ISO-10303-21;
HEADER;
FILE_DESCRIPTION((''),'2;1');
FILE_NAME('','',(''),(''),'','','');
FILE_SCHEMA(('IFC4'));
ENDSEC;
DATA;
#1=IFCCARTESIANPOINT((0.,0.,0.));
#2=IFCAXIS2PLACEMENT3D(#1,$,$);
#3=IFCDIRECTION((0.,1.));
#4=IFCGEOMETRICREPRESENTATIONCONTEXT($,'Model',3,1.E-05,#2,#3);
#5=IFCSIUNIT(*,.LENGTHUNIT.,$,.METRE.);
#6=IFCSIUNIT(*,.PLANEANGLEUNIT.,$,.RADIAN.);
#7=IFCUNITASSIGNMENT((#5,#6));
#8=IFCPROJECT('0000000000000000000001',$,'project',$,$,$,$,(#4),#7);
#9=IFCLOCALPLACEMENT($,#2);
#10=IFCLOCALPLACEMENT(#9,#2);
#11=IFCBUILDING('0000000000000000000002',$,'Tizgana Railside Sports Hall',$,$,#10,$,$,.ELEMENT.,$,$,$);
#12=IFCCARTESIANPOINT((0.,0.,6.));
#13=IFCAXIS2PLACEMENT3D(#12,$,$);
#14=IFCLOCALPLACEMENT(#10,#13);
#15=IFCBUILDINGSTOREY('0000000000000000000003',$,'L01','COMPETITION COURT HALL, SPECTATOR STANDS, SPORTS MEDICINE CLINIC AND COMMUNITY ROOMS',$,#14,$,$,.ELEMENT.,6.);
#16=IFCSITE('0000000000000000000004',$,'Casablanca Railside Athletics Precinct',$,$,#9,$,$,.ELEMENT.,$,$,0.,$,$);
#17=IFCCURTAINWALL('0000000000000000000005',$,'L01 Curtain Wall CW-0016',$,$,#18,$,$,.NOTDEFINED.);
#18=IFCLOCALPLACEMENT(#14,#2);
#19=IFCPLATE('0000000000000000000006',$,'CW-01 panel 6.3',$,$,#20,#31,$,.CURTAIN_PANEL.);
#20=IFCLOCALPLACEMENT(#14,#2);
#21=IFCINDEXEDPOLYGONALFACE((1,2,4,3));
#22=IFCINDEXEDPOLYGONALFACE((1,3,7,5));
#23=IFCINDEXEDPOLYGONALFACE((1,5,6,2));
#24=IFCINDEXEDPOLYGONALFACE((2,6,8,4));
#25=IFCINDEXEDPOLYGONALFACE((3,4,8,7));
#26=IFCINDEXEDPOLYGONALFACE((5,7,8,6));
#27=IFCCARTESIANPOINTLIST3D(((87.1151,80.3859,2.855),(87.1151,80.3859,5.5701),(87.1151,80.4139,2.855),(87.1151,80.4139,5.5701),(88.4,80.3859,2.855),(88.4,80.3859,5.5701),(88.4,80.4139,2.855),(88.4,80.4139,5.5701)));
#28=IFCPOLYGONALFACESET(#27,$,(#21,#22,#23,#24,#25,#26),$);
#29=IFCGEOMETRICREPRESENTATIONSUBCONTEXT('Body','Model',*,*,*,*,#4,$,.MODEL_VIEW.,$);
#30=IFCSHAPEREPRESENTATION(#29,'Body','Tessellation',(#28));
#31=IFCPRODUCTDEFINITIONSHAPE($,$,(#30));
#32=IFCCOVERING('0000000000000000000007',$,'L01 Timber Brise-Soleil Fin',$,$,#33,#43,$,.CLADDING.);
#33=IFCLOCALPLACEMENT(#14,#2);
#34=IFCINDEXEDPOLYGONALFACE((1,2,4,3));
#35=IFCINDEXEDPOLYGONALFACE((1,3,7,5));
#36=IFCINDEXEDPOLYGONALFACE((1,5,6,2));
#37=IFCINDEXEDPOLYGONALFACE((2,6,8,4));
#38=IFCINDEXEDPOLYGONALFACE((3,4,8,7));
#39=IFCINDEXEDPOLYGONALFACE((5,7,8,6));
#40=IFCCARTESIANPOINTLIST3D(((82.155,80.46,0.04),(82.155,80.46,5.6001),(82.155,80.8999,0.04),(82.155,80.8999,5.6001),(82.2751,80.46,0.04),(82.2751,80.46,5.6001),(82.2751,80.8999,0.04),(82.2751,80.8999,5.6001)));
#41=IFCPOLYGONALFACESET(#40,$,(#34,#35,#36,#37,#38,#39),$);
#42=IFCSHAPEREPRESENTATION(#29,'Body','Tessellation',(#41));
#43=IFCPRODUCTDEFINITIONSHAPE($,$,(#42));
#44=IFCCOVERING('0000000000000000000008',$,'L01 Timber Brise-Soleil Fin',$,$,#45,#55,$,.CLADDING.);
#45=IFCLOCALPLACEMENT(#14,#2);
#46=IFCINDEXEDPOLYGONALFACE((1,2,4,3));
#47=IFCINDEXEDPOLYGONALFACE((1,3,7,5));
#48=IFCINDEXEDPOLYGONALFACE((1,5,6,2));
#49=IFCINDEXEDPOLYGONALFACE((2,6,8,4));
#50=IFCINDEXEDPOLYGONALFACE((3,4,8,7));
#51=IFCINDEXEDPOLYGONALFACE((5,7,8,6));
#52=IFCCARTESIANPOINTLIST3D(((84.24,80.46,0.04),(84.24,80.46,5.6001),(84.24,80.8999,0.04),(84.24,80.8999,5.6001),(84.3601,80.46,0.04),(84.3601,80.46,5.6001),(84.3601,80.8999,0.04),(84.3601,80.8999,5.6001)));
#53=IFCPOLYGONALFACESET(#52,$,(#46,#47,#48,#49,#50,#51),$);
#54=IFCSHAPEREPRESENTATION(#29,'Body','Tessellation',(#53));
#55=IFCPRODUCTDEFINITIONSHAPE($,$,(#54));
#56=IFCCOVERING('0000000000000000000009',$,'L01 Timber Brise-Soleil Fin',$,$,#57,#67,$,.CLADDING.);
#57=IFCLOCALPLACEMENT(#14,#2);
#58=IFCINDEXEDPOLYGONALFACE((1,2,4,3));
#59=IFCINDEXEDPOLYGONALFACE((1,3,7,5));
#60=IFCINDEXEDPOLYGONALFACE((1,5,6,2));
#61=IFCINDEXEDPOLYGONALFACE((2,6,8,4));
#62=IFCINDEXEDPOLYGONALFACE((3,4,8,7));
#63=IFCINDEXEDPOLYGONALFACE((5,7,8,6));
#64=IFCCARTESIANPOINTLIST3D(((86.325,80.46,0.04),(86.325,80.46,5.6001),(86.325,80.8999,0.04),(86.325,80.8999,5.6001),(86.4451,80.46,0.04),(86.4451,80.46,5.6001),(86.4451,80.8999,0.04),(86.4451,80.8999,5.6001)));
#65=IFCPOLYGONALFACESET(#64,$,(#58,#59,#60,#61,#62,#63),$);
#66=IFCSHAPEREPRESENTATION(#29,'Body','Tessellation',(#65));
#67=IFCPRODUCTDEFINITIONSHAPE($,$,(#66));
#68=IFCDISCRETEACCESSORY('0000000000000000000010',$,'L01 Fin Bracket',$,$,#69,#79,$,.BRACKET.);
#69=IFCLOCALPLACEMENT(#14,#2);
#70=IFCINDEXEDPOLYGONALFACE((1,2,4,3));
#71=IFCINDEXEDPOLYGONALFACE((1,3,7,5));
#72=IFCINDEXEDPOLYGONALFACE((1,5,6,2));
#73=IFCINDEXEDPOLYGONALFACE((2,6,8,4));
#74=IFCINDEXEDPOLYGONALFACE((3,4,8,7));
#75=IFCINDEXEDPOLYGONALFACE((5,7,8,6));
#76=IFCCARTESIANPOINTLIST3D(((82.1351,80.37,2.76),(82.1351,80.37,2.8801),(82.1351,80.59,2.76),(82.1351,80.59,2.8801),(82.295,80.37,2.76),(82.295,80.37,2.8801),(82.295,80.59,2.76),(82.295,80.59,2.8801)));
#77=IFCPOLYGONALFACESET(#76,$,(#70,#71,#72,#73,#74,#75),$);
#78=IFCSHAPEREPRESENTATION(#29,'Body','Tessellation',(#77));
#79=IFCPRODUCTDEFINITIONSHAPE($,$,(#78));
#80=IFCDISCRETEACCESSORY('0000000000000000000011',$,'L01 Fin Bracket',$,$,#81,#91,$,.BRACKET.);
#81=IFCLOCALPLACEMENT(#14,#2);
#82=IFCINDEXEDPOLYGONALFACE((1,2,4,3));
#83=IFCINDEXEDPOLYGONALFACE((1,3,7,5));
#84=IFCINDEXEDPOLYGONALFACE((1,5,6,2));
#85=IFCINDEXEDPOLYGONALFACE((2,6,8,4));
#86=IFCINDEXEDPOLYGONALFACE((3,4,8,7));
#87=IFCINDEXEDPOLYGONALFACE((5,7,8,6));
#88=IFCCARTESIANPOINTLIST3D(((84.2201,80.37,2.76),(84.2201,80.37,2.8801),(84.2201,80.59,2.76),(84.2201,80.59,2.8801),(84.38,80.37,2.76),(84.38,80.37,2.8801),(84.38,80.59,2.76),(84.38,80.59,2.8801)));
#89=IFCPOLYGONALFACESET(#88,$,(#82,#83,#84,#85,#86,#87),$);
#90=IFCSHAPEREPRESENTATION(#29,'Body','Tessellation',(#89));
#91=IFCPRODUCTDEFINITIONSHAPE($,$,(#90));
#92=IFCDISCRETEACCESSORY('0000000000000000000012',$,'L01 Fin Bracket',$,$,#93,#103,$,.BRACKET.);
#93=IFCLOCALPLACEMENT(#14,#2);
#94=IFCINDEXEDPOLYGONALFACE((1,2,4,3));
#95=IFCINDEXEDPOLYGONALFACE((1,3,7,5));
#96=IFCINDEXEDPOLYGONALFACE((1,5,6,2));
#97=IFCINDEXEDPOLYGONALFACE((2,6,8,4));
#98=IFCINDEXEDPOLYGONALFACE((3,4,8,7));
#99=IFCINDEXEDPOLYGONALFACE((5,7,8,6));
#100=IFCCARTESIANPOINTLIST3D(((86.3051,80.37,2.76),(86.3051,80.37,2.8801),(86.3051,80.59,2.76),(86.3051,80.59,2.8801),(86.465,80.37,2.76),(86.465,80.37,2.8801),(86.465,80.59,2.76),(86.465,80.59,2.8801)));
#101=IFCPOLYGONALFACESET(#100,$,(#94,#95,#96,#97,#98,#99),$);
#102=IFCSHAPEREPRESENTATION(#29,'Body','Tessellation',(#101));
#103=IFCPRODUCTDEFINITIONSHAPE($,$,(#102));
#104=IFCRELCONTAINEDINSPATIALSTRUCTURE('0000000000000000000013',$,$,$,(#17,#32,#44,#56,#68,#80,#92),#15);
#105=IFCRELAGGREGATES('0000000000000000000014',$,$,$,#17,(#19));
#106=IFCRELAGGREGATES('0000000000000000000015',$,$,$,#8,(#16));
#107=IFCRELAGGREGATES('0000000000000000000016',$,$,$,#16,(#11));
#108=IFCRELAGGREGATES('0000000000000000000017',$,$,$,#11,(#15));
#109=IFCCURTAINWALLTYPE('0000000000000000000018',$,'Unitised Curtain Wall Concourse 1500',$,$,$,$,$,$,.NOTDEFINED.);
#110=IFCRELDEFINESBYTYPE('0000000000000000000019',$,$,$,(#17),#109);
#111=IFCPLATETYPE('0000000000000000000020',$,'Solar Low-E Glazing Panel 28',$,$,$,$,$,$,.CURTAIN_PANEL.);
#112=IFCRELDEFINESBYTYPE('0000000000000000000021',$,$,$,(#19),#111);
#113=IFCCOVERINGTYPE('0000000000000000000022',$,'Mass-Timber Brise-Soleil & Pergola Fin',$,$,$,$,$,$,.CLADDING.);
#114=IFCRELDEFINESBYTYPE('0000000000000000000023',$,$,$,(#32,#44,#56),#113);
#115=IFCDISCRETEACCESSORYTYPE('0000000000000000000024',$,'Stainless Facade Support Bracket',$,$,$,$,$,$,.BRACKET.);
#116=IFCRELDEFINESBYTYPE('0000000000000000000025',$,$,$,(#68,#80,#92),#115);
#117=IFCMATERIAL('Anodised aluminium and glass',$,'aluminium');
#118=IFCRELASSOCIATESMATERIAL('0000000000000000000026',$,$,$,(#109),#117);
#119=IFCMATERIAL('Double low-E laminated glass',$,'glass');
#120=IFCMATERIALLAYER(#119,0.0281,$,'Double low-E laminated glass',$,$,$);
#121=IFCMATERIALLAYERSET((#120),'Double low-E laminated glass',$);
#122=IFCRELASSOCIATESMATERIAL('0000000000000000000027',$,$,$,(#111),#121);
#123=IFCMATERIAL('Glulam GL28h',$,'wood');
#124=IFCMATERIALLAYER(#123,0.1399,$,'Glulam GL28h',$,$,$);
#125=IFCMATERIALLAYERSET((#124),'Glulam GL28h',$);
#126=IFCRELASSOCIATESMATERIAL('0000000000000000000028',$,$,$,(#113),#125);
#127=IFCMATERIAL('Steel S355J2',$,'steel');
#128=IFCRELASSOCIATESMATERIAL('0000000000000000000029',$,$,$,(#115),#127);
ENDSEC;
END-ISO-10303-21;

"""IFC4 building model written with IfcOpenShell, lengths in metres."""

from ifc_helpers import new_model, si_unit, direction, frame, origin, origin_2d, place, context, subcontext, project, spatial, rectangle, extrude, material, layer, layer_set, type_object, element, aggregate, save


model = new_model("IFC4")

# Units and contexts
model_context = context("Model", 3, precision=1e-05, world=origin(), true_north=direction((0.0, 1.0)))
body_context = subcontext(model_context, "Body", "Model", "MODEL_VIEW")
ifc_project = project(units=[si_unit("LENGTHUNIT", "METRE"), si_unit("PLANEANGLEUNIT", "RADIAN")], contexts=[model_context])

# Site, building, storey
site_placement = place(None, origin())
site = spatial("IfcSite", under=ifc_project, at=site_placement, Name="Casablanca Railside Athletics Precinct", CompositionType="ELEMENT", RefElevation=0.0)
building_placement = place(site_placement, origin())
building = spatial("IfcBuilding", under=site, at=building_placement, Name="Tizgana Railside Sports Hall", CompositionType="ELEMENT")
storey_placement = place(building_placement, frame((0.0, 0.0, 6.0)))
storey = spatial("IfcBuildingStorey", under=building, at=storey_placement, Name="L01", Description="COMPETITION COURT HALL, SPECTATOR STANDS, SPORTS MEDICINE CLINIC AND COMMUNITY ROOMS", CompositionType="ELEMENT", Elevation=6.0)

# Curtain wall
ifc_material_1 = material(Name="Anodised aluminium and glass", Category="aluminium")
curtain_wall_type_1 = type_object("IfcCurtainWallType", Name="Unitised Curtain Wall Concourse 1500", PredefinedType="NOTDEFINED", material=ifc_material_1)
curtain_wall_1_placement = place(storey_placement, origin())
curtain_wall_1 = element("IfcCurtainWall", 1, at=curtain_wall_1_placement, inside=storey, type_object=curtain_wall_type_1, Name="L01 Curtain Wall CW-0016", PredefinedType="NOTDEFINED")

# Plate
ifc_material_2 = material(Name="Double low-E laminated glass", Category="glass")
ifc_layer_1 = layer(ifc_material_2, 0.0281, Name="Double low-E laminated glass")
ifc_layer_set_1 = layer_set([ifc_layer_1], Name="Double low-E laminated glass")
plate_type_1 = type_object("IfcPlateType", Name="Solar Low-E Glazing Panel 28", PredefinedType="CURTAIN_PANEL", material=ifc_layer_set_1)
plate_1_placement = place(storey_placement, frame((87.7576, 80.3999, 2.855), z_axis=(0.0, 0.0, 1.0), x_axis=(1.0, 0.0, 0.0)))
plate_1 = element("IfcPlate", 2, at=plate_1_placement, type_object=plate_type_1, Name="CW-01 panel 6.3", PredefinedType="CURTAIN_PANEL", context=body_context, shape_type="SweptSolid", body=[
    extrude(rectangle(XDim=1.2849, YDim=0.0281, at=origin_2d()), origin(), (0.0, 0.0, 1.0), 2.7151),
])
aggregate(curtain_wall_1, [plate_1])

# Coverings
ifc_material_3 = material(Name="Glulam GL28h", Category="wood")
ifc_layer_2 = layer(ifc_material_3, 0.1399, Name="Glulam GL28h")
ifc_layer_set_2 = layer_set([ifc_layer_2], Name="Glulam GL28h")
covering_type = type_object("IfcCoveringType", Name="Mass-Timber Brise-Soleil & Pergola Fin", PredefinedType="CLADDING", material=ifc_layer_set_2)
for number, where, z_axis, x_axis, name in (
    (3, (82.2151, 80.6799, 0.04), (0.0, 0.0, 1.0), (1.0, 0.0, 0.0), "L01 Timber Brise-Soleil Fin"),
    (4, (84.3, 80.6799, 0.04), (0.0, 0.0, 1.0), (1.0, 0.0, 0.0), "L01 Timber Brise-Soleil Fin"),
    (5, (86.385, 80.6799, 0.04), (0.0, 0.0, 1.0), (1.0, 0.0, 0.0), "L01 Timber Brise-Soleil Fin"),
):
    element("IfcCovering", number, at=place(storey_placement, frame(where, z_axis=z_axis, x_axis=x_axis)), inside=storey, type_object=covering_type, Name=name, PredefinedType="CLADDING", context=body_context, shape_type="SweptSolid", body=[
        extrude(rectangle(XDim=0.1201, YDim=0.4399, at=origin_2d()), origin(), (0.0, 0.0, 1.0), 5.5601),
    ])

# Discrete accessories
ifc_material_4 = material(Name="Steel S355J2", Category="steel")
discrete_accessory_type = type_object("IfcDiscreteAccessoryType", Name="Stainless Facade Support Bracket", PredefinedType="BRACKET", material=ifc_material_4)
for number, where, z_axis, x_axis, name in (
    (6, (82.2151, 80.48, 2.76), (0.0, 0.0, 1.0), (1.0, 0.0, 0.0), "L01 Fin Bracket"),
    (7, (84.3, 80.48, 2.76), (0.0, 0.0, 1.0), (1.0, 0.0, 0.0), "L01 Fin Bracket"),
    (8, (86.385, 80.48, 2.76), (0.0, 0.0, 1.0), (1.0, 0.0, 0.0), "L01 Fin Bracket"),
):
    element("IfcDiscreteAccessory", number, at=place(storey_placement, frame(where, z_axis=z_axis, x_axis=x_axis)), inside=storey, type_object=discrete_accessory_type, Name=name, PredefinedType="BRACKET", context=body_context, shape_type="SweptSolid", body=[
        extrude(rectangle(XDim=0.1599, YDim=0.22, at=origin_2d()), origin(), (0.0, 0.0, 1.0), 0.1201),
    ])

save(model, "model.ifc")
